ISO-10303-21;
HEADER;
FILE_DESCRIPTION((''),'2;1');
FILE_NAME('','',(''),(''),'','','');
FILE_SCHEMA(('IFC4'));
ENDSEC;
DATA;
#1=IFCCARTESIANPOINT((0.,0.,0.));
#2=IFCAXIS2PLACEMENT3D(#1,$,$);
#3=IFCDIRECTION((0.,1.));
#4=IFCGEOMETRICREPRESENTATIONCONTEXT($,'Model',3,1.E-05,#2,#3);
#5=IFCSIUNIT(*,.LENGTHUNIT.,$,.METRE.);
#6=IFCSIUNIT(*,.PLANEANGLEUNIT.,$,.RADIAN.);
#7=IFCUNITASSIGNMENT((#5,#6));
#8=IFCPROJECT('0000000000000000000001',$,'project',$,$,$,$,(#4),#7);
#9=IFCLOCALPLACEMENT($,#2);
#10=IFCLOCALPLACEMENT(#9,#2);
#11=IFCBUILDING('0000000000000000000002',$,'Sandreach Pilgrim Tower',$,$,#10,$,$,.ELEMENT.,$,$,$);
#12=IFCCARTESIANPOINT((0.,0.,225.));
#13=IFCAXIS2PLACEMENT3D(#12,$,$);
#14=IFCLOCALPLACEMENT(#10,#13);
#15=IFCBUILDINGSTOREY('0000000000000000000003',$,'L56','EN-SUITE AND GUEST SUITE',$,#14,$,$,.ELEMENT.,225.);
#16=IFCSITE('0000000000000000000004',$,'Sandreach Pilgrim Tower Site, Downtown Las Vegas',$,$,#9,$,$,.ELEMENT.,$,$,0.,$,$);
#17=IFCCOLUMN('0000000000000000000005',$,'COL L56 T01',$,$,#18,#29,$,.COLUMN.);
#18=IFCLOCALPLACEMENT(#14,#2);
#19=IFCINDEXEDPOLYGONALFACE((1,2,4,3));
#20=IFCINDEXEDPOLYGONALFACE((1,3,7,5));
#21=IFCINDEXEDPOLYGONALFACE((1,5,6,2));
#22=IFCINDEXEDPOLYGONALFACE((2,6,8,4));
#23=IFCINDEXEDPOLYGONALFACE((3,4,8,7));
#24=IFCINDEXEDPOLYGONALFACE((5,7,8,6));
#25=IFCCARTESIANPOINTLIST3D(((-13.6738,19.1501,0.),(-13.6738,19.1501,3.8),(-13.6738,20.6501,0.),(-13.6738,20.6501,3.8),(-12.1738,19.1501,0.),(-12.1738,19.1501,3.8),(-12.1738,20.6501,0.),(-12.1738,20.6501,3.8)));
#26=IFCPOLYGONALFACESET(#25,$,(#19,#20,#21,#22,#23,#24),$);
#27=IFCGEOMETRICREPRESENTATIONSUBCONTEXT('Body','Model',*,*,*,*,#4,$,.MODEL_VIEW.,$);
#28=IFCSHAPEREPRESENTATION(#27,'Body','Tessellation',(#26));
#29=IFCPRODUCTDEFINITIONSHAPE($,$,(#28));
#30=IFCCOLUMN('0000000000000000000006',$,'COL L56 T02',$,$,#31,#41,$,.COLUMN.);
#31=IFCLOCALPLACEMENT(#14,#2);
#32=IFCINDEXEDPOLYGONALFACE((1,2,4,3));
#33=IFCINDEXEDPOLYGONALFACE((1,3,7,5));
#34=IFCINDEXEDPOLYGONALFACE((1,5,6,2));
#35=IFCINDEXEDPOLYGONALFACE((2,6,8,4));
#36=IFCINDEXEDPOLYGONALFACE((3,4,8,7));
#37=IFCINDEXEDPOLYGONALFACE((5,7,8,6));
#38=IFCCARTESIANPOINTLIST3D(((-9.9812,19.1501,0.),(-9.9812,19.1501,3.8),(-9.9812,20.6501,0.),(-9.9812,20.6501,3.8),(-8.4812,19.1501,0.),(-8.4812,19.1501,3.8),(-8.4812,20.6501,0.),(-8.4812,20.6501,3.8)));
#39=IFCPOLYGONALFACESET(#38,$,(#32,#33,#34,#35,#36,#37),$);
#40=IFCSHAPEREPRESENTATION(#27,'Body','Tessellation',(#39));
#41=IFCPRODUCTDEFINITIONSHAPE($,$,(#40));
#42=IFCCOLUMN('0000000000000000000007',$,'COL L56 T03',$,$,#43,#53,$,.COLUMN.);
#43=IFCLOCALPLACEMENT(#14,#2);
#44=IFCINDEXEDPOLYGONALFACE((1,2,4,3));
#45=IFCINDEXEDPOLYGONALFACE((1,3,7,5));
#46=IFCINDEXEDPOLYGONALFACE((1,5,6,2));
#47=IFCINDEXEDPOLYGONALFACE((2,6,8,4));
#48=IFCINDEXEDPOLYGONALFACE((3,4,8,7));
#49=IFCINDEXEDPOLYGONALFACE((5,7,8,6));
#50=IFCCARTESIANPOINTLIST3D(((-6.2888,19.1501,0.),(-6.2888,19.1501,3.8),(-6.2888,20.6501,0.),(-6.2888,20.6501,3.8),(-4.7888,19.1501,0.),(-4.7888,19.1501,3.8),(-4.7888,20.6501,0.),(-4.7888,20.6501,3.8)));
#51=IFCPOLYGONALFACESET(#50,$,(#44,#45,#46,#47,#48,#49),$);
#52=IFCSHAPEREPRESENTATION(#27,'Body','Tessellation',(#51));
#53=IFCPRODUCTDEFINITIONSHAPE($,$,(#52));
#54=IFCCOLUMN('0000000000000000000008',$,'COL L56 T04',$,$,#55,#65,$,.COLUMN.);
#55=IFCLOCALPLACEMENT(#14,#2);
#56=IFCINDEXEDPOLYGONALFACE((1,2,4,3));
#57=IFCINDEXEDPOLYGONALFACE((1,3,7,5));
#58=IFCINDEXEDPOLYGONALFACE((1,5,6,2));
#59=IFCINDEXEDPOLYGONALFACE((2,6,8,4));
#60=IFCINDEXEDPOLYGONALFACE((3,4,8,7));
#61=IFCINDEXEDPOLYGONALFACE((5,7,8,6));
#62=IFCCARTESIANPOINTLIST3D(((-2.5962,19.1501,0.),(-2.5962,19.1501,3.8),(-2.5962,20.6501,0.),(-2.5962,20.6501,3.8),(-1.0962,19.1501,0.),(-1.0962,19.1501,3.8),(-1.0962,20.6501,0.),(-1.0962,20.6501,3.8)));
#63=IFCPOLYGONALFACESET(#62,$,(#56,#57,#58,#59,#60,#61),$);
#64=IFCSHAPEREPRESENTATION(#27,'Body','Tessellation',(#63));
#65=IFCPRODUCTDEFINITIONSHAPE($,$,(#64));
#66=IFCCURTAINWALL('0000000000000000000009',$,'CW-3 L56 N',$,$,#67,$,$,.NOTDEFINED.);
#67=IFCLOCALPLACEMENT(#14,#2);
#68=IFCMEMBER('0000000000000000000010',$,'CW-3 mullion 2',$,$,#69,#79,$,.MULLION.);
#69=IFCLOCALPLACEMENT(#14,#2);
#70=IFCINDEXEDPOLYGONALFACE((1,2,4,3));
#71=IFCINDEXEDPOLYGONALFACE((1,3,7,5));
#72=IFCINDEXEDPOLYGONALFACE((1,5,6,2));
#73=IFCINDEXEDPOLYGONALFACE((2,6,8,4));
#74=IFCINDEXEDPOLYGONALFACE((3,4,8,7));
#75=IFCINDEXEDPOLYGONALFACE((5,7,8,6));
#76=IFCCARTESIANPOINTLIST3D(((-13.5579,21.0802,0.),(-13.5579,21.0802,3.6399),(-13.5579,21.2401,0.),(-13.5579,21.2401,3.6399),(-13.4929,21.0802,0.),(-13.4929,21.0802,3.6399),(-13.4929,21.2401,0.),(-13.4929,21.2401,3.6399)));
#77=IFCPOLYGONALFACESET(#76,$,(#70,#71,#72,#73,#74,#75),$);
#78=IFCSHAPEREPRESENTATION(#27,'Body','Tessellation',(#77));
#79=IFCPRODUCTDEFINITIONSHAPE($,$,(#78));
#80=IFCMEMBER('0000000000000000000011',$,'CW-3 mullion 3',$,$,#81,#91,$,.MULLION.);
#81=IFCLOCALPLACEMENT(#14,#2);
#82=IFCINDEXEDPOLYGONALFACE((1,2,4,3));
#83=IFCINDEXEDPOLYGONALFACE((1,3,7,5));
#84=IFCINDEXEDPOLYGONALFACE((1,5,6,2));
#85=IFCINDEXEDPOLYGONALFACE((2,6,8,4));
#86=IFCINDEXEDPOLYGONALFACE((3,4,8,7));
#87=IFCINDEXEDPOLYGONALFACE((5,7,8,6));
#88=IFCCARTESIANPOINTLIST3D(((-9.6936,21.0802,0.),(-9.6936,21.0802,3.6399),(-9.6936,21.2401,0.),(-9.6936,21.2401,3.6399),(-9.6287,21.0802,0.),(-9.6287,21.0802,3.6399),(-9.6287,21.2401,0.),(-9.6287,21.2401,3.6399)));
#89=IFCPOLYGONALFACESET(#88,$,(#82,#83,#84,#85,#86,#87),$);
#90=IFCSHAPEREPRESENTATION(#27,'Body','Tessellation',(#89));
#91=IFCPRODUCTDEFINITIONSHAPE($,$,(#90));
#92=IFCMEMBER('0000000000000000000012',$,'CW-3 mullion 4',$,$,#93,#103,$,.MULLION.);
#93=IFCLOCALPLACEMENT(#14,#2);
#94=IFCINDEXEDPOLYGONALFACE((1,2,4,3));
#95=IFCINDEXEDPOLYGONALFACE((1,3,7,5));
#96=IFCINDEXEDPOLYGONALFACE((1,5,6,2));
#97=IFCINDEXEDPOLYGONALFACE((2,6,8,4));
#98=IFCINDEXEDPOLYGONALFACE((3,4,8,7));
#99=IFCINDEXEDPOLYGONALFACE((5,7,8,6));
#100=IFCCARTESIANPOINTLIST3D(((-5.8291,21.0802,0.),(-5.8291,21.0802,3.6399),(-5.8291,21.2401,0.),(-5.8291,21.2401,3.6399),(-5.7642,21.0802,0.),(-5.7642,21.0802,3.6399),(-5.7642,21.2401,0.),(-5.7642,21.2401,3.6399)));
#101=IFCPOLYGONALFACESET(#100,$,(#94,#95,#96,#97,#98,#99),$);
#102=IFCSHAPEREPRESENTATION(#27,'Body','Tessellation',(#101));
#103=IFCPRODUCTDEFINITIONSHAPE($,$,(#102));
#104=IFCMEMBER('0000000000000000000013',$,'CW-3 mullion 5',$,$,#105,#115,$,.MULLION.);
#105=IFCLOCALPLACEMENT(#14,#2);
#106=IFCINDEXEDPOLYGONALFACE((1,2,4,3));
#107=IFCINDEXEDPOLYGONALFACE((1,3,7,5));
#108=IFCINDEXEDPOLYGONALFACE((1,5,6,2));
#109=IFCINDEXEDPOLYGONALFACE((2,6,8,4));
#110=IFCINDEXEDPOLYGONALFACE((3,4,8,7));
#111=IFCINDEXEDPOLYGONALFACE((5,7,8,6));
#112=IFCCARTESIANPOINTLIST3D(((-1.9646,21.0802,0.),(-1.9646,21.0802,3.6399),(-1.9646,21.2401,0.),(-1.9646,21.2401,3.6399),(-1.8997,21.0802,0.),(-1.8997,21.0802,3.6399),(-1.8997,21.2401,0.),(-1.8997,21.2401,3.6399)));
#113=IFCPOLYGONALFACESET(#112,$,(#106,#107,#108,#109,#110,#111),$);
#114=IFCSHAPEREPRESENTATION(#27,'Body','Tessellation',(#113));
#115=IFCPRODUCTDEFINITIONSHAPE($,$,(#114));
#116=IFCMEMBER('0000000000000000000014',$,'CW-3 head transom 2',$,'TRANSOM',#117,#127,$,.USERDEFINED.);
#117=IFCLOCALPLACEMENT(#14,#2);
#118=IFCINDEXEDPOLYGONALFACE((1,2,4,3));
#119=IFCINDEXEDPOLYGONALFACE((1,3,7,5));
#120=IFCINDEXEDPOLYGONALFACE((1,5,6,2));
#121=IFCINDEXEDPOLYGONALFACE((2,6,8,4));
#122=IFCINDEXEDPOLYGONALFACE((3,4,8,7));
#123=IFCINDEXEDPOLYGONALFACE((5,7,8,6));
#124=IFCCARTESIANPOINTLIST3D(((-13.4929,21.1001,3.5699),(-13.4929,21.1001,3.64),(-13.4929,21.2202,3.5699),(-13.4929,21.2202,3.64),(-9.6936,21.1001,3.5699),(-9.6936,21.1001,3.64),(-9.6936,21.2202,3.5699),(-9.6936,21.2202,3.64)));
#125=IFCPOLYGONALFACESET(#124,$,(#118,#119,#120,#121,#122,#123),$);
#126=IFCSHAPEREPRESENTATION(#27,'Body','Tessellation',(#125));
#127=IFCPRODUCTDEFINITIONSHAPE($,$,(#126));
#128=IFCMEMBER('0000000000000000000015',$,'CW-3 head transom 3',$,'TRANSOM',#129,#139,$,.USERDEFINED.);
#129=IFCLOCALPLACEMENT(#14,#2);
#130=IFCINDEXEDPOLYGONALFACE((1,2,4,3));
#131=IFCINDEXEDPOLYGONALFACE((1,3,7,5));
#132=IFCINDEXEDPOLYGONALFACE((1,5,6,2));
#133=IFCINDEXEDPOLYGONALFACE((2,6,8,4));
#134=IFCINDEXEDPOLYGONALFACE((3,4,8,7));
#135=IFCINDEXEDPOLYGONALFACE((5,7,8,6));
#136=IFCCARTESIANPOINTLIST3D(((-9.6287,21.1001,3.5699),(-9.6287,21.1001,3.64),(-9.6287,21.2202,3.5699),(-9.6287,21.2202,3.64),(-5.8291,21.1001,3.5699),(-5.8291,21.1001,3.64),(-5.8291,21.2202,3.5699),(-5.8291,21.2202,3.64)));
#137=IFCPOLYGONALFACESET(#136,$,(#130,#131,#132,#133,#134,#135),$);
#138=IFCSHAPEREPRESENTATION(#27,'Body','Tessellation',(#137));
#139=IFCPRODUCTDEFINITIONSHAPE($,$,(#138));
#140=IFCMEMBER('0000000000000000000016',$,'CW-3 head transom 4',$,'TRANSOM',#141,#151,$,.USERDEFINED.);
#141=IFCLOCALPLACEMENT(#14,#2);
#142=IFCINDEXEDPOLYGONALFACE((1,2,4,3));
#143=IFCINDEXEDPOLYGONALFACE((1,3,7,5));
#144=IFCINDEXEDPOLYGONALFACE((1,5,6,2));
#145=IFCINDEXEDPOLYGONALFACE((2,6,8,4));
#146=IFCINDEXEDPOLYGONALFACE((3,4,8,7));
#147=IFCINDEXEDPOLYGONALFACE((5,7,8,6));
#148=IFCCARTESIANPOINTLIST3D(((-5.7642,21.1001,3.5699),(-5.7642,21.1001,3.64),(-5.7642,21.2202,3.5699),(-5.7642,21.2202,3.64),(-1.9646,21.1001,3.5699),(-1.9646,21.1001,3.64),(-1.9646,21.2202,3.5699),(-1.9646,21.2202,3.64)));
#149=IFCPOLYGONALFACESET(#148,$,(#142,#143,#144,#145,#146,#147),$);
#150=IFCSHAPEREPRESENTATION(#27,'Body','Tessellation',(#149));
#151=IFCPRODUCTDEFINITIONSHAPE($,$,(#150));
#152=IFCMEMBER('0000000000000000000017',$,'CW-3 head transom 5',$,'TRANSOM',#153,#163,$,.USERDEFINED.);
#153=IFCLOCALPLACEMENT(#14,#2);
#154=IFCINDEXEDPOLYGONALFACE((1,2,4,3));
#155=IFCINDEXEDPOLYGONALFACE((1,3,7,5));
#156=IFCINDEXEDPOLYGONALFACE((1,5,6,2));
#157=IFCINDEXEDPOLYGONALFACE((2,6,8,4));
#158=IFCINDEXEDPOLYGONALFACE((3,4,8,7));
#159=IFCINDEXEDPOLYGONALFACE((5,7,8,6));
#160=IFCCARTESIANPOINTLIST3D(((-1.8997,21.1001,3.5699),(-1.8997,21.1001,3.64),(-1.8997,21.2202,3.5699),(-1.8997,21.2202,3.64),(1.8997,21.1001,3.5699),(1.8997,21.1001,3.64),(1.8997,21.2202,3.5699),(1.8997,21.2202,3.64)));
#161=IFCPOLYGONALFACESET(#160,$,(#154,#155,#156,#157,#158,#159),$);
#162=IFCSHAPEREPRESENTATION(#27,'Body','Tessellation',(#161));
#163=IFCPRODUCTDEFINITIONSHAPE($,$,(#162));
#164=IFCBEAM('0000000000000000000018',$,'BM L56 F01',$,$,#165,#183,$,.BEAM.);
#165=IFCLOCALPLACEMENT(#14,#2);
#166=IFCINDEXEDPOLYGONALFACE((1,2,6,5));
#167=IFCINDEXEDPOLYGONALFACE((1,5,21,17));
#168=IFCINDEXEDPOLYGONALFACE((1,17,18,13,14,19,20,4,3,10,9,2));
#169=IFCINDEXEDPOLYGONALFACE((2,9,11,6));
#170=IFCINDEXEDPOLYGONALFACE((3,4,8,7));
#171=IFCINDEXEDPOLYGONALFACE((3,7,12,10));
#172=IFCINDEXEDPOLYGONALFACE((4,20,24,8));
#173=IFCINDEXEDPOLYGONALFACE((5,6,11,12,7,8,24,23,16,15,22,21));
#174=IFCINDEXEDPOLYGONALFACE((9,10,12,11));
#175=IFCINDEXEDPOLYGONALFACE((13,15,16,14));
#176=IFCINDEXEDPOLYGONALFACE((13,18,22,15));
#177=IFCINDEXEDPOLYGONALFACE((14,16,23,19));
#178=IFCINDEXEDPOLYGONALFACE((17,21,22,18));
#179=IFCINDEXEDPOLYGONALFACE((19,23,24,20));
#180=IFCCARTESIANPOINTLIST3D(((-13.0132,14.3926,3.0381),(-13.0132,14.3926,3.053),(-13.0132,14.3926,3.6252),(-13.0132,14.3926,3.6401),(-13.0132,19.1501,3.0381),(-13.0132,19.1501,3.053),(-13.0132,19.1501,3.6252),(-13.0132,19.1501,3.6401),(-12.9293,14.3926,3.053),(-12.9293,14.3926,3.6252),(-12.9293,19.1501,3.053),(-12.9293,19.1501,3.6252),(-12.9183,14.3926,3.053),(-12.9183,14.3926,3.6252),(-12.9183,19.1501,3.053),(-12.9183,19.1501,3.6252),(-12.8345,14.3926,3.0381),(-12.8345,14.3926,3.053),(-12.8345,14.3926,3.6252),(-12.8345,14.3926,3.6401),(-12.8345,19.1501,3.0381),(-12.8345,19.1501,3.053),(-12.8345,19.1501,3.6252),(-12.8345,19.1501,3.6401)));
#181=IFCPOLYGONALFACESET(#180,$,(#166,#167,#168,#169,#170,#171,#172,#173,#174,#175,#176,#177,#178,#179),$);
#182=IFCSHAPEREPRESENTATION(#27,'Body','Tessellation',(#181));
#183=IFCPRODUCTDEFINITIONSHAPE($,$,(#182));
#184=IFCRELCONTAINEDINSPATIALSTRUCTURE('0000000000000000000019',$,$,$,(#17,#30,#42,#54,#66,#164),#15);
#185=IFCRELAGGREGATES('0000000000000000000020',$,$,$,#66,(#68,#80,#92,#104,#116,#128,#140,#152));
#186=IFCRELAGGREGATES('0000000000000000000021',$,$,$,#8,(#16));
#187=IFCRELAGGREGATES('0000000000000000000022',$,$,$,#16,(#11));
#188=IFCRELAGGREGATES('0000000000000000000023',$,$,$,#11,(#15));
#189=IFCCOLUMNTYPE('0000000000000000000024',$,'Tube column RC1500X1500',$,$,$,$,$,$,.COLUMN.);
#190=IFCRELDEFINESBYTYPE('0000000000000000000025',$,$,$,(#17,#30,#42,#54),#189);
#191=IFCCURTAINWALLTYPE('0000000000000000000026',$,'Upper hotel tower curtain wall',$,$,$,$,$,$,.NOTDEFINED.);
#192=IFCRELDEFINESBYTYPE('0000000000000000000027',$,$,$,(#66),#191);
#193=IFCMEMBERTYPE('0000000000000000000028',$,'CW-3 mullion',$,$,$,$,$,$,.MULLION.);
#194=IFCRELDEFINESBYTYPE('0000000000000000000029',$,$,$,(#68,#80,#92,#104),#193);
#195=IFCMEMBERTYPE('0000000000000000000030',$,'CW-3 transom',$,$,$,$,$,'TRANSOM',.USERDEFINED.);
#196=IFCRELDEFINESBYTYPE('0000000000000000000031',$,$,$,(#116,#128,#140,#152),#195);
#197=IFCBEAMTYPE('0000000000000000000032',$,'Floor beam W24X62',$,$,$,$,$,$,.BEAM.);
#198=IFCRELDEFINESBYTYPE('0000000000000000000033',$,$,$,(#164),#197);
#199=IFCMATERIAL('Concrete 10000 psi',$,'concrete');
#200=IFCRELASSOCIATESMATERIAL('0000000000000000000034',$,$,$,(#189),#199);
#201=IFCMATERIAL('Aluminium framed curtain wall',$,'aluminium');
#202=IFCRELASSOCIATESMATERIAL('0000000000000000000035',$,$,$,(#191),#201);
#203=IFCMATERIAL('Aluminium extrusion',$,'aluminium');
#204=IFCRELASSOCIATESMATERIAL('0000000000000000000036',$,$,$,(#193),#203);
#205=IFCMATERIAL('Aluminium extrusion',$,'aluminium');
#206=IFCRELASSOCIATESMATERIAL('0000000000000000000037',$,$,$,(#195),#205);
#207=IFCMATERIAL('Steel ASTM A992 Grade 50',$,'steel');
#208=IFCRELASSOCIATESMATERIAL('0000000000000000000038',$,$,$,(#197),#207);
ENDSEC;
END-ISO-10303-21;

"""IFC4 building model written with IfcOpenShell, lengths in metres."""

from ifc_helpers import new_model, si_unit, direction, frame, origin, origin_2d, place, context, subcontext, project, spatial, rectangle, i_section, extrude, material, material_profile, profile_set, type_object, element, aggregate, save


model = new_model("IFC4")

# Units and contexts
model_context = context("Model", 3, precision=1e-05, world=origin(), true_north=direction((0.0, 1.0)))
body_context = subcontext(model_context, "Body", "Model", "MODEL_VIEW")
ifc_project = project(units=[si_unit("LENGTHUNIT", "METRE"), si_unit("PLANEANGLEUNIT", "RADIAN")], contexts=[model_context])

# Site, building, storey
site_placement = place(None, origin())
site = spatial("IfcSite", under=ifc_project, at=site_placement, Name="Sandreach Pilgrim Tower Site, Downtown Las Vegas", CompositionType="ELEMENT", RefElevation=0.0)
building_placement = place(site_placement, origin())
building = spatial("IfcBuilding", under=site, at=building_placement, Name="Sandreach Pilgrim Tower", CompositionType="ELEMENT")
storey_placement = place(building_placement, frame((0.0, 0.0, 225.0)))
storey = spatial("IfcBuildingStorey", under=building, at=storey_placement, Name="L56", Description="EN-SUITE AND GUEST SUITE", CompositionType="ELEMENT", Elevation=225.0)

# Columns
ifc_material_1 = material(Name="Concrete 10000 psi", Category="concrete")
ifc_material_profile_1 = material_profile(ifc_material_1, rectangle(XDim=1.5, YDim=1.5, at=origin_2d()), Name="RC1500X1500")
ifc_profile_set_1 = profile_set([ifc_material_profile_1], Name="Concrete 10000 psi")
column_type = type_object("IfcColumnType", Name="Tube column RC1500X1500", PredefinedType="COLUMN", material=ifc_profile_set_1)
for number, where, z_axis, x_axis, name in (
    (1, (-12.9238, 19.9001, 0.0), (0.0, 0.0, 1.0), (0.0, 1.0, 0.0), "COL L56 T01"),
    (2, (-9.2312, 19.9001, 0.0), (0.0, 0.0, 1.0), (0.0, 1.0, 0.0), "COL L56 T02"),
    (3, (-5.5388, 19.9001, 0.0), (0.0, 0.0, 1.0), (0.0, 1.0, 0.0), "COL L56 T03"),
    (4, (-1.8462, 19.9001, 0.0), (0.0, 0.0, 1.0), (0.0, 1.0, 0.0), "COL L56 T04"),
):
    element("IfcColumn", number, at=place(storey_placement, frame(where, z_axis=z_axis, x_axis=x_axis)), inside=storey, type_object=column_type, Name=name, PredefinedType="COLUMN", context=body_context, shape_type="SweptSolid", body=[
        extrude(rectangle(XDim=1.5, YDim=1.5, at=origin_2d()), origin(), (0.0, 0.0, 1.0), 3.8),
    ])

# Curtain wall, members
ifc_material_2 = material(Name="Aluminium framed curtain wall", Category="aluminium")
curtain_wall_type = type_object("IfcCurtainWallType", Name="Upper hotel tower curtain wall", PredefinedType="NOTDEFINED", material=ifc_material_2)
curtain_wall_placement = place(storey_placement, origin())
curtain_wall = element("IfcCurtainWall", 5, at=curtain_wall_placement, inside=storey, type_object=curtain_wall_type, Name="CW-3 L56 N", PredefinedType="NOTDEFINED")
ifc_material_3 = material(Name="Aluminium extrusion", Category="aluminium")
ifc_material_profile_2 = material_profile(ifc_material_3, rectangle(XDim=0.0649, YDim=0.1599, at=origin_2d()), Name="CW-3M 65X160")
ifc_profile_set_2 = profile_set([ifc_material_profile_2], Name="Aluminium extrusion")
member_type_1 = type_object("IfcMemberType", Name="CW-3 mullion", PredefinedType="MULLION", material=ifc_profile_set_2)
member_1_placement = place(storey_placement, frame((-13.5254, 21.1602, 0.0), z_axis=(0.0, 0.0, 1.0), x_axis=(1.0, 0.0, 0.0)))
member_1 = element("IfcMember", 6, at=member_1_placement, type_object=member_type_1, Name="CW-3 mullion 2", PredefinedType="MULLION", context=body_context, shape_type="SweptSolid", body=[
    extrude(rectangle(XDim=0.0649, YDim=0.1599, at=origin_2d()), origin(), (0.0, 0.0, 1.0), 3.6399),
])
member_2_placement = place(storey_placement, frame((-9.6611, 21.1602, 0.0), z_axis=(0.0, 0.0, 1.0), x_axis=(1.0, 0.0, 0.0)))
member_2 = element("IfcMember", 7, at=member_2_placement, type_object=member_type_1, Name="CW-3 mullion 3", PredefinedType="MULLION", context=body_context, shape_type="SweptSolid", body=[
    extrude(rectangle(XDim=0.0649, YDim=0.1599, at=origin_2d()), origin(), (0.0, 0.0, 1.0), 3.6399),
])
member_3_placement = place(storey_placement, frame((-5.7966, 21.1602, 0.0), z_axis=(0.0, 0.0, 1.0), x_axis=(1.0, 0.0, 0.0)))
member_3 = element("IfcMember", 8, at=member_3_placement, type_object=member_type_1, Name="CW-3 mullion 4", PredefinedType="MULLION", context=body_context, shape_type="SweptSolid", body=[
    extrude(rectangle(XDim=0.0649, YDim=0.1599, at=origin_2d()), origin(), (0.0, 0.0, 1.0), 3.6399),
])
member_4_placement = place(storey_placement, frame((-1.9321, 21.1602, 0.0), z_axis=(0.0, 0.0, 1.0), x_axis=(1.0, 0.0, 0.0)))
member_4 = element("IfcMember", 9, at=member_4_placement, type_object=member_type_1, Name="CW-3 mullion 5", PredefinedType="MULLION", context=body_context, shape_type="SweptSolid", body=[
    extrude(rectangle(XDim=0.0649, YDim=0.1599, at=origin_2d()), origin(), (0.0, 0.0, 1.0), 3.6399),
])
ifc_material_4 = material(Name="Aluminium extrusion", Category="aluminium")
ifc_material_profile_3 = material_profile(ifc_material_4, rectangle(XDim=0.1201, YDim=0.0701, at=origin_2d()), Name="CW-3T 120X70")
ifc_profile_set_3 = profile_set([ifc_material_profile_3], Name="Aluminium extrusion")
member_type_2 = type_object("IfcMemberType", Name="CW-3 transom", ElementType="TRANSOM", PredefinedType="USERDEFINED", material=ifc_profile_set_3)
member_5_placement = place(storey_placement, frame((-13.4929, 21.1602, 3.605), z_axis=(1.0, 0.0, 0.0), x_axis=(0.0, 1.0, 0.0)))
member_5 = element("IfcMember", 10, at=member_5_placement, type_object=member_type_2, Name="CW-3 head transom 2", ObjectType="TRANSOM", PredefinedType="USERDEFINED", context=body_context, shape_type="SweptSolid", body=[
    extrude(rectangle(XDim=0.1201, YDim=0.0701, at=origin_2d()), origin(), (0.0, 0.0, 1.0), 3.7993),
])
member_6_placement = place(storey_placement, frame((-9.6287, 21.1602, 3.605), z_axis=(1.0, 0.0, 0.0), x_axis=(0.0, 1.0, 0.0)))
member_6 = element("IfcMember", 11, at=member_6_placement, type_object=member_type_2, Name="CW-3 head transom 3", ObjectType="TRANSOM", PredefinedType="USERDEFINED", context=body_context, shape_type="SweptSolid", body=[
    extrude(rectangle(XDim=0.1201, YDim=0.0701, at=origin_2d()), origin(), (0.0, 0.0, 1.0), 3.7996),
])
member_7_placement = place(storey_placement, frame((-5.7642, 21.1602, 3.605), z_axis=(1.0, 0.0, 0.0), x_axis=(0.0, 1.0, 0.0)))
member_7 = element("IfcMember", 12, at=member_7_placement, type_object=member_type_2, Name="CW-3 head transom 4", ObjectType="TRANSOM", PredefinedType="USERDEFINED", context=body_context, shape_type="SweptSolid", body=[
    extrude(rectangle(XDim=0.1201, YDim=0.0701, at=origin_2d()), origin(), (0.0, 0.0, 1.0), 3.7996),
])
member_8_placement = place(storey_placement, frame((-1.8997, 21.1602, 3.605), z_axis=(1.0, 0.0, 0.0), x_axis=(0.0, 1.0, 0.0)))
member_8 = element("IfcMember", 13, at=member_8_placement, type_object=member_type_2, Name="CW-3 head transom 5", ObjectType="TRANSOM", PredefinedType="USERDEFINED", context=body_context, shape_type="SweptSolid", body=[
    extrude(rectangle(XDim=0.1201, YDim=0.0701, at=origin_2d()), origin(), (0.0, 0.0, 1.0), 3.7993),
])

# Beam
ifc_material_5 = material(Name="Steel ASTM A992 Grade 50", Category="steel")
ifc_material_profile_4 = material_profile(ifc_material_5, i_section(OverallWidth=0.1787, OverallDepth=0.6021, WebThickness=0.011, FlangeThickness=0.0149, at=origin_2d()), Name="W24X62")
ifc_profile_set_4 = profile_set([ifc_material_profile_4], Name="Steel ASTM A992 Grade 50")
beam_type_1 = type_object("IfcBeamType", Name="Floor beam W24X62", PredefinedType="BEAM", material=ifc_profile_set_4)
beam_1_placement = place(storey_placement, frame((-12.9238, 19.1501, 3.3391), z_axis=(0.0, -1.0, 0.0), x_axis=(1.0, 0.0, 0.0)))
element("IfcBeam", 14, at=beam_1_placement, inside=storey, type_object=beam_type_1, Name="BM L56 F01", PredefinedType="BEAM", context=body_context, shape_type="SweptSolid", body=[
    extrude(i_section(OverallWidth=0.1787, OverallDepth=0.6021, WebThickness=0.011, FlangeThickness=0.0149, at=origin_2d()), origin(), (0.0, 0.0, 1.0), 4.7576),
])

aggregate(curtain_wall, [member_1, member_2, member_3, member_4, member_5, member_6, member_7, member_8])

save(model, "model.ifc")
